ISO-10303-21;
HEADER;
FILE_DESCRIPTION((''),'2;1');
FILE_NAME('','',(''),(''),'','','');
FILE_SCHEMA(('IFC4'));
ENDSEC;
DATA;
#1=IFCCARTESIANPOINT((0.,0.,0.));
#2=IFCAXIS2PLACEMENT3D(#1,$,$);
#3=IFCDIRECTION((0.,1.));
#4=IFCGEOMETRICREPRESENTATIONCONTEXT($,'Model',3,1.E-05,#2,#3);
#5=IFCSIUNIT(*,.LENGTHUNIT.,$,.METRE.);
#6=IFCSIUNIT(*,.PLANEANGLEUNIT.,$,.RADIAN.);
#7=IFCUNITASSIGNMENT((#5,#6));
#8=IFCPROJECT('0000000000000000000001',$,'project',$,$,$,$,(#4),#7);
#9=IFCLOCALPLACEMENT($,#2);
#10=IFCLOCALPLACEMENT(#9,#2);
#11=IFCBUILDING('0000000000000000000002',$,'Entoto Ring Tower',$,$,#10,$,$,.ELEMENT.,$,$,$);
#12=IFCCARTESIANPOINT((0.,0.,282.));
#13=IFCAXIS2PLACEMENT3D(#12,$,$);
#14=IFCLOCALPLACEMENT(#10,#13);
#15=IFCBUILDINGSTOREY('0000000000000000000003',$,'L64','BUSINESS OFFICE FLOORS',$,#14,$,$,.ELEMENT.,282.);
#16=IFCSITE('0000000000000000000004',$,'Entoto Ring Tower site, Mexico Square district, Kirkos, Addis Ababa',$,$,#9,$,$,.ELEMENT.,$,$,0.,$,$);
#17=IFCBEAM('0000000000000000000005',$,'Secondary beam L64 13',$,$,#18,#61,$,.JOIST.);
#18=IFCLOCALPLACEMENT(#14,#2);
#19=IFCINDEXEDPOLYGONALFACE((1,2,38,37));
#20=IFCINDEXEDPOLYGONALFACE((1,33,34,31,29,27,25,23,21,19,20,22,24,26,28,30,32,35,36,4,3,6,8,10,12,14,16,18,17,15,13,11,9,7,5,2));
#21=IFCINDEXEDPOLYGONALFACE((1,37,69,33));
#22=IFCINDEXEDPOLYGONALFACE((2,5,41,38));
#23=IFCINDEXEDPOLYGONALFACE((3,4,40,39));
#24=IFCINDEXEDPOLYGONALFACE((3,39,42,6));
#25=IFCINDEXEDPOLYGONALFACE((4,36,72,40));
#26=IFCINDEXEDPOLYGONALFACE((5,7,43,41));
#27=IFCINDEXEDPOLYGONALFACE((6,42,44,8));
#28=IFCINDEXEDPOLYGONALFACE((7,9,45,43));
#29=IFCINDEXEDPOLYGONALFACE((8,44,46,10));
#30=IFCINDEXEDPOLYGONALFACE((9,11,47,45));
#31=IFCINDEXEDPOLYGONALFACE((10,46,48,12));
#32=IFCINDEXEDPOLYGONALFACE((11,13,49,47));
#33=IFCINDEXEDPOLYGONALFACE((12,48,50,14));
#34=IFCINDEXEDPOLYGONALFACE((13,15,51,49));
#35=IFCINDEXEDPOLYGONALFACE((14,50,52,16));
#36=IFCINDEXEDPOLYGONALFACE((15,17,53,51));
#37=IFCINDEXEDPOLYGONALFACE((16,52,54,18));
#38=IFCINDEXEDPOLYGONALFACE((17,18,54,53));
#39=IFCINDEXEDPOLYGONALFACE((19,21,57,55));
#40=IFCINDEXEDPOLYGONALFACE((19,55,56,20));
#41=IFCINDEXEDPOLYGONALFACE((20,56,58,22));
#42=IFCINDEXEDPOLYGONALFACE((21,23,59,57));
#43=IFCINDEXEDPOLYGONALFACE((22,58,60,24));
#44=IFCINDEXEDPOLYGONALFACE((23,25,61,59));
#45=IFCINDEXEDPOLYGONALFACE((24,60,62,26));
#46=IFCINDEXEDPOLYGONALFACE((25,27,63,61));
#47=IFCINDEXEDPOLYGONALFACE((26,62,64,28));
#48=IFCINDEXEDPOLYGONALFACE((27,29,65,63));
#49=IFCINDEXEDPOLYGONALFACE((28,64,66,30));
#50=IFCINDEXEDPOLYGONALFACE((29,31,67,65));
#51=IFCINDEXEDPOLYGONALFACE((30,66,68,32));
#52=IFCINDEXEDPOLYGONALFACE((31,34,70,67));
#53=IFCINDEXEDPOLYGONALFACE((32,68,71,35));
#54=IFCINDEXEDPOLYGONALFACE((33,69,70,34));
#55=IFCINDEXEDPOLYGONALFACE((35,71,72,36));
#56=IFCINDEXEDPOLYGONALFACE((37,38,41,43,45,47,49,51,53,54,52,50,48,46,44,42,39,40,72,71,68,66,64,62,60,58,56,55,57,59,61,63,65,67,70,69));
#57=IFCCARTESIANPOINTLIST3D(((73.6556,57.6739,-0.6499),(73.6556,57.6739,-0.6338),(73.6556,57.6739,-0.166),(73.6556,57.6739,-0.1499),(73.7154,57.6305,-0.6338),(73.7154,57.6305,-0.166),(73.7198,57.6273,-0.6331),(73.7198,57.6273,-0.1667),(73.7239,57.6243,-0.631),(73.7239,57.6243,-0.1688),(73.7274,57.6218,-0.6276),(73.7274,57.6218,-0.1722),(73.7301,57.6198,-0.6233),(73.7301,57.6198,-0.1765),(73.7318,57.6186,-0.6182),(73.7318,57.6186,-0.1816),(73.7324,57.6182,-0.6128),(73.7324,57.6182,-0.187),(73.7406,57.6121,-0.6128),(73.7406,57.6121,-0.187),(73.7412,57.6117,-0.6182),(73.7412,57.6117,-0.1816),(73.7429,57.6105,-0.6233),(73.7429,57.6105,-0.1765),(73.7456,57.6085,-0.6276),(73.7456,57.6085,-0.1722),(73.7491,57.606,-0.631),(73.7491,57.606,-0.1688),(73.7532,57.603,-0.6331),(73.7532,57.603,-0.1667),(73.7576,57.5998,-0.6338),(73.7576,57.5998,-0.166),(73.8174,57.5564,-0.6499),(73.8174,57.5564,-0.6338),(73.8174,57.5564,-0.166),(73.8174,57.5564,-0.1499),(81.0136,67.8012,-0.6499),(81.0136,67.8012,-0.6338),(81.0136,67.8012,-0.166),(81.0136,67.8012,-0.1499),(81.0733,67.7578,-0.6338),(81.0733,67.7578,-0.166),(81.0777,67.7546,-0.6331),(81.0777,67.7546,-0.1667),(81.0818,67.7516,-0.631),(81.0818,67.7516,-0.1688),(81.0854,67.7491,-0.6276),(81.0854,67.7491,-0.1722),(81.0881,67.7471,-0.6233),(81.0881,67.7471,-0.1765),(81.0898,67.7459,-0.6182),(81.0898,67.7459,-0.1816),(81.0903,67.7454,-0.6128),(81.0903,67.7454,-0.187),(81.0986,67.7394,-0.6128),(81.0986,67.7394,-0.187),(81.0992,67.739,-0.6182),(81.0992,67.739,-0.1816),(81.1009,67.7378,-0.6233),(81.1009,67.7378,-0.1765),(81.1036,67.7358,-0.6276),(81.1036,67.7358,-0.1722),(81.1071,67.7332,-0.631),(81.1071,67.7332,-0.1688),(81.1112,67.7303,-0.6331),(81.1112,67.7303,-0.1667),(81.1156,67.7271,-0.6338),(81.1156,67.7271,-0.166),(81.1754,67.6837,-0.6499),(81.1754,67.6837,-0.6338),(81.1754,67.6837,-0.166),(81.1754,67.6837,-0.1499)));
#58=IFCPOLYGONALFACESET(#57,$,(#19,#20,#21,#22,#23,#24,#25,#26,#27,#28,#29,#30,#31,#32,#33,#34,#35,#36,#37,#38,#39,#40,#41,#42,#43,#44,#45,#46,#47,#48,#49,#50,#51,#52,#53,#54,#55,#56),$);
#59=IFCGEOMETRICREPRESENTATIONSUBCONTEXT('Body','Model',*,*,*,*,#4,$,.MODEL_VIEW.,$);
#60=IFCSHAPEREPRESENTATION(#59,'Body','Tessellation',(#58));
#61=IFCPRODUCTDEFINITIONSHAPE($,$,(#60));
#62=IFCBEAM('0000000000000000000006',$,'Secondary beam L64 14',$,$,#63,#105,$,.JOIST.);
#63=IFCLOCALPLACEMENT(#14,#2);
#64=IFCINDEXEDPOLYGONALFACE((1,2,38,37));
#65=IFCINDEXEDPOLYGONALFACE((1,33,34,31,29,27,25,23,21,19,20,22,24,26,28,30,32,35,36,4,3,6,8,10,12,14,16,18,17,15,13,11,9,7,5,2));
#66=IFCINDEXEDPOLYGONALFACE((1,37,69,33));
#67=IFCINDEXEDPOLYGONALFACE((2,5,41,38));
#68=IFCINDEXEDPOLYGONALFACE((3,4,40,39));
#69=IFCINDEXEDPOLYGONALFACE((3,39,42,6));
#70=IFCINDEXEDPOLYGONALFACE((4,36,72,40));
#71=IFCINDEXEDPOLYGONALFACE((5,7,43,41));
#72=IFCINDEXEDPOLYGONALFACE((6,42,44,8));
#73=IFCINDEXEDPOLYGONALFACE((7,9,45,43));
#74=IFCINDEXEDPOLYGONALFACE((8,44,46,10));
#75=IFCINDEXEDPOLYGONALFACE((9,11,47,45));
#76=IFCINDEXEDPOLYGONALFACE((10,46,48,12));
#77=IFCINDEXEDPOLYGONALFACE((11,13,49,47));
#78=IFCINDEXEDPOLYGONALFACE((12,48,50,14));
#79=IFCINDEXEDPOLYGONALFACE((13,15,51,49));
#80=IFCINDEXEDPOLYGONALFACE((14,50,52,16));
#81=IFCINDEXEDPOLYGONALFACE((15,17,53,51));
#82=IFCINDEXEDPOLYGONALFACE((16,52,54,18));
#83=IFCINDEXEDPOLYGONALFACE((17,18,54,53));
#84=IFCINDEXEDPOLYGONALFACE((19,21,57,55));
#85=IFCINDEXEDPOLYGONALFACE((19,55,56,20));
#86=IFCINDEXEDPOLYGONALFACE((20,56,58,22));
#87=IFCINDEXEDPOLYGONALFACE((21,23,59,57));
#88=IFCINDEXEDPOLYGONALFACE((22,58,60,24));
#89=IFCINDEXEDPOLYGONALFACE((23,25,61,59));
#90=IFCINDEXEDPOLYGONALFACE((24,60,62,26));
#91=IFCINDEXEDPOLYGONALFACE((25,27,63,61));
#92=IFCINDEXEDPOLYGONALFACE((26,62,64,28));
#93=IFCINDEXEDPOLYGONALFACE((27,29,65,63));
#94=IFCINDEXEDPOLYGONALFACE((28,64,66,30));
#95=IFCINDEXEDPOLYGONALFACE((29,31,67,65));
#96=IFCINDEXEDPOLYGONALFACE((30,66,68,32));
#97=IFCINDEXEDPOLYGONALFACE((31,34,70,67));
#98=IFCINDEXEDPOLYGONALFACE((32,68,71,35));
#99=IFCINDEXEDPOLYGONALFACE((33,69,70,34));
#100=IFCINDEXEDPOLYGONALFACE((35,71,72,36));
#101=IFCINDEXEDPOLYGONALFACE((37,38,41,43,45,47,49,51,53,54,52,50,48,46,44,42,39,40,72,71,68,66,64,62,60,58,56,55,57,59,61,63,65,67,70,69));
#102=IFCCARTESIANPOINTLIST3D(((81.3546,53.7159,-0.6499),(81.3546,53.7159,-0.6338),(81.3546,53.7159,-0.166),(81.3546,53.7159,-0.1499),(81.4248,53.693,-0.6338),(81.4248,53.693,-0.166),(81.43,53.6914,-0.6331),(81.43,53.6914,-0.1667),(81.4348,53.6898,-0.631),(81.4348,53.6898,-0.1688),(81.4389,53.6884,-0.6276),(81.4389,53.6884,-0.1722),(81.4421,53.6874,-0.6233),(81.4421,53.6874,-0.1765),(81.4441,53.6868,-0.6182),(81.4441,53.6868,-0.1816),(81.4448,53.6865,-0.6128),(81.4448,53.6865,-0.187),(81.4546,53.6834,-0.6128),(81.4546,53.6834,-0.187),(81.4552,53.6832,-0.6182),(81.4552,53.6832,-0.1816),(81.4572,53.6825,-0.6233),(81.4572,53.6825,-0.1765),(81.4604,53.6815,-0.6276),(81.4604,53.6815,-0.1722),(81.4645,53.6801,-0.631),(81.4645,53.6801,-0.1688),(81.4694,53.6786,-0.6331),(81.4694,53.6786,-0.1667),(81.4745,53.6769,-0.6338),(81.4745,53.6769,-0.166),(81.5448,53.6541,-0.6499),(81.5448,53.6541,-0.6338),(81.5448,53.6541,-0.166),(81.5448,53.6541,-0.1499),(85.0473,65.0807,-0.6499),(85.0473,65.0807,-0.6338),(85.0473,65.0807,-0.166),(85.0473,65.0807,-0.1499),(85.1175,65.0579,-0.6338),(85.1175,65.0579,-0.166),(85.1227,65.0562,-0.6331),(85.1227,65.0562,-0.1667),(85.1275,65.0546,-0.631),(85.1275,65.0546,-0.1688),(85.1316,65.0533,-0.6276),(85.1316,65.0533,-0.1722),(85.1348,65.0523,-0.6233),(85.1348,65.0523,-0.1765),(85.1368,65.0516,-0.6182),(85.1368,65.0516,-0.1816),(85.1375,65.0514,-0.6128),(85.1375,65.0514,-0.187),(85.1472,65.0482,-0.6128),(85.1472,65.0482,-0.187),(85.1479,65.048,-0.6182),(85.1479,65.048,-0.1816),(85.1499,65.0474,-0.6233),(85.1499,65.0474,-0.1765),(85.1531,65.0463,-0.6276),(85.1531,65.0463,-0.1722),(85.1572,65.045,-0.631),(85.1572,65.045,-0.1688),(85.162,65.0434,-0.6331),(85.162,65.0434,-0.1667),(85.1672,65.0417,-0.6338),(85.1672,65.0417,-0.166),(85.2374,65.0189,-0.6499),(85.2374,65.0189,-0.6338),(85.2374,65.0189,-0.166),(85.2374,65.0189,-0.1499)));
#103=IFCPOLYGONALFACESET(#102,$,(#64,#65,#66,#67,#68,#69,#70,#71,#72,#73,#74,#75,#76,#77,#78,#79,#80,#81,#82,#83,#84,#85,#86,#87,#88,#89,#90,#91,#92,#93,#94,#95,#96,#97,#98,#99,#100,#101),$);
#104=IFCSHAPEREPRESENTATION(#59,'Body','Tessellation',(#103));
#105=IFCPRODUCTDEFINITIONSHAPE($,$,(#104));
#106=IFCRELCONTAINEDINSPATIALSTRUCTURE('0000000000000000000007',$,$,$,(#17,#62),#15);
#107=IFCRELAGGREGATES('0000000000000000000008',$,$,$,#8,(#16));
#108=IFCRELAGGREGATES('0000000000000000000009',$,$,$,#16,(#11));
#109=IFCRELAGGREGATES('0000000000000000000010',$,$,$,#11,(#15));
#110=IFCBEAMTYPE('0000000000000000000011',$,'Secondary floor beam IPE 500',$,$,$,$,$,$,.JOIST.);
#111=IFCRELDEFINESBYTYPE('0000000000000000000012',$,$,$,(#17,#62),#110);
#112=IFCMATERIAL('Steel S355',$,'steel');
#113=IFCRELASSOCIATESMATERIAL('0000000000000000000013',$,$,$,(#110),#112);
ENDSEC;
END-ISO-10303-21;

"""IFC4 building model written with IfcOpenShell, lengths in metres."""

from ifc_helpers import new_model, si_unit, direction, frame, origin, origin_2d, place, context, subcontext, project, spatial, i_section, extrude, material, material_profile, profile_set, type_object, element, save


model = new_model("IFC4")

# Units and contexts
model_context = context("Model", 3, precision=1e-05, world=origin(), true_north=direction((0.0, 1.0)))
body_context = subcontext(model_context, "Body", "Model", "MODEL_VIEW")
ifc_project = project(units=[si_unit("LENGTHUNIT", "METRE"), si_unit("PLANEANGLEUNIT", "RADIAN")], contexts=[model_context])

# Site, building, storey
site_placement = place(None, origin())
site = spatial("IfcSite", under=ifc_project, at=site_placement, Name="Entoto Ring Tower site, Mexico Square district, Kirkos, Addis Ababa", CompositionType="ELEMENT", RefElevation=0.0)
building_placement = place(site_placement, origin())
building = spatial("IfcBuilding", under=site, at=building_placement, Name="Entoto Ring Tower", CompositionType="ELEMENT")
storey_placement = place(building_placement, frame((0.0, 0.0, 282.0)))
storey = spatial("IfcBuildingStorey", under=building, at=storey_placement, Name="L64", Description="BUSINESS OFFICE FLOORS", CompositionType="ELEMENT", Elevation=282.0)

# Beams
ifc_material_1 = material(Name="Steel S355", Category="steel")
ifc_material_profile_1 = material_profile(ifc_material_1, i_section(OverallWidth=0.2, OverallDepth=0.5, WebThickness=0.0103, FlangeThickness=0.0161, FilletRadius=0.021, at=origin_2d()), Name="IPE 500")
ifc_profile_set_1 = profile_set([ifc_material_profile_1], Name="Steel S355")
beam_type_1 = type_object("IfcBeamType", Name="Secondary floor beam IPE 500", PredefinedType="JOIST", material=ifc_profile_set_1)
for number, where, z_axis, x_axis, name in (
    (1, (81.0945, 67.7424, -0.3999), (-0.587789, -0.809014, 0.0), (0.809014, -0.587789, 0.0), "Secondary beam L64 13"),
):
    element("IfcBeam", number, at=place(storey_placement, frame(where, z_axis=z_axis, x_axis=x_axis)), inside=storey, type_object=beam_type_1, Name=name, PredefinedType="JOIST", context=body_context, shape_type="SweptSolid", body=[
        extrude(i_section(OverallWidth=0.2, OverallDepth=0.5, WebThickness=0.0103, FlangeThickness=0.0161, FilletRadius=0.021, at=origin_2d()), origin(), (0.0, 0.0, 1.0), 12.5181),
    ])
beam_1_placement = place(storey_placement, frame((85.1423, 65.0498, -0.3999), z_axis=(-0.309017, -0.951057, 0.0), x_axis=(0.951057, -0.309017, 0.0)))
element("IfcBeam", 2, at=beam_1_placement, inside=storey, type_object=beam_type_1, Name="Secondary beam L64 14", PredefinedType="JOIST", context=body_context, shape_type="SweptSolid", body=[
    extrude(i_section(OverallWidth=0.2, OverallDepth=0.5, WebThickness=0.0103, FlangeThickness=0.0161, FilletRadius=0.021, at=origin_2d()), origin(), (0.0, 0.0, 1.0), 11.9497),
])

save(model, "model.ifc")
